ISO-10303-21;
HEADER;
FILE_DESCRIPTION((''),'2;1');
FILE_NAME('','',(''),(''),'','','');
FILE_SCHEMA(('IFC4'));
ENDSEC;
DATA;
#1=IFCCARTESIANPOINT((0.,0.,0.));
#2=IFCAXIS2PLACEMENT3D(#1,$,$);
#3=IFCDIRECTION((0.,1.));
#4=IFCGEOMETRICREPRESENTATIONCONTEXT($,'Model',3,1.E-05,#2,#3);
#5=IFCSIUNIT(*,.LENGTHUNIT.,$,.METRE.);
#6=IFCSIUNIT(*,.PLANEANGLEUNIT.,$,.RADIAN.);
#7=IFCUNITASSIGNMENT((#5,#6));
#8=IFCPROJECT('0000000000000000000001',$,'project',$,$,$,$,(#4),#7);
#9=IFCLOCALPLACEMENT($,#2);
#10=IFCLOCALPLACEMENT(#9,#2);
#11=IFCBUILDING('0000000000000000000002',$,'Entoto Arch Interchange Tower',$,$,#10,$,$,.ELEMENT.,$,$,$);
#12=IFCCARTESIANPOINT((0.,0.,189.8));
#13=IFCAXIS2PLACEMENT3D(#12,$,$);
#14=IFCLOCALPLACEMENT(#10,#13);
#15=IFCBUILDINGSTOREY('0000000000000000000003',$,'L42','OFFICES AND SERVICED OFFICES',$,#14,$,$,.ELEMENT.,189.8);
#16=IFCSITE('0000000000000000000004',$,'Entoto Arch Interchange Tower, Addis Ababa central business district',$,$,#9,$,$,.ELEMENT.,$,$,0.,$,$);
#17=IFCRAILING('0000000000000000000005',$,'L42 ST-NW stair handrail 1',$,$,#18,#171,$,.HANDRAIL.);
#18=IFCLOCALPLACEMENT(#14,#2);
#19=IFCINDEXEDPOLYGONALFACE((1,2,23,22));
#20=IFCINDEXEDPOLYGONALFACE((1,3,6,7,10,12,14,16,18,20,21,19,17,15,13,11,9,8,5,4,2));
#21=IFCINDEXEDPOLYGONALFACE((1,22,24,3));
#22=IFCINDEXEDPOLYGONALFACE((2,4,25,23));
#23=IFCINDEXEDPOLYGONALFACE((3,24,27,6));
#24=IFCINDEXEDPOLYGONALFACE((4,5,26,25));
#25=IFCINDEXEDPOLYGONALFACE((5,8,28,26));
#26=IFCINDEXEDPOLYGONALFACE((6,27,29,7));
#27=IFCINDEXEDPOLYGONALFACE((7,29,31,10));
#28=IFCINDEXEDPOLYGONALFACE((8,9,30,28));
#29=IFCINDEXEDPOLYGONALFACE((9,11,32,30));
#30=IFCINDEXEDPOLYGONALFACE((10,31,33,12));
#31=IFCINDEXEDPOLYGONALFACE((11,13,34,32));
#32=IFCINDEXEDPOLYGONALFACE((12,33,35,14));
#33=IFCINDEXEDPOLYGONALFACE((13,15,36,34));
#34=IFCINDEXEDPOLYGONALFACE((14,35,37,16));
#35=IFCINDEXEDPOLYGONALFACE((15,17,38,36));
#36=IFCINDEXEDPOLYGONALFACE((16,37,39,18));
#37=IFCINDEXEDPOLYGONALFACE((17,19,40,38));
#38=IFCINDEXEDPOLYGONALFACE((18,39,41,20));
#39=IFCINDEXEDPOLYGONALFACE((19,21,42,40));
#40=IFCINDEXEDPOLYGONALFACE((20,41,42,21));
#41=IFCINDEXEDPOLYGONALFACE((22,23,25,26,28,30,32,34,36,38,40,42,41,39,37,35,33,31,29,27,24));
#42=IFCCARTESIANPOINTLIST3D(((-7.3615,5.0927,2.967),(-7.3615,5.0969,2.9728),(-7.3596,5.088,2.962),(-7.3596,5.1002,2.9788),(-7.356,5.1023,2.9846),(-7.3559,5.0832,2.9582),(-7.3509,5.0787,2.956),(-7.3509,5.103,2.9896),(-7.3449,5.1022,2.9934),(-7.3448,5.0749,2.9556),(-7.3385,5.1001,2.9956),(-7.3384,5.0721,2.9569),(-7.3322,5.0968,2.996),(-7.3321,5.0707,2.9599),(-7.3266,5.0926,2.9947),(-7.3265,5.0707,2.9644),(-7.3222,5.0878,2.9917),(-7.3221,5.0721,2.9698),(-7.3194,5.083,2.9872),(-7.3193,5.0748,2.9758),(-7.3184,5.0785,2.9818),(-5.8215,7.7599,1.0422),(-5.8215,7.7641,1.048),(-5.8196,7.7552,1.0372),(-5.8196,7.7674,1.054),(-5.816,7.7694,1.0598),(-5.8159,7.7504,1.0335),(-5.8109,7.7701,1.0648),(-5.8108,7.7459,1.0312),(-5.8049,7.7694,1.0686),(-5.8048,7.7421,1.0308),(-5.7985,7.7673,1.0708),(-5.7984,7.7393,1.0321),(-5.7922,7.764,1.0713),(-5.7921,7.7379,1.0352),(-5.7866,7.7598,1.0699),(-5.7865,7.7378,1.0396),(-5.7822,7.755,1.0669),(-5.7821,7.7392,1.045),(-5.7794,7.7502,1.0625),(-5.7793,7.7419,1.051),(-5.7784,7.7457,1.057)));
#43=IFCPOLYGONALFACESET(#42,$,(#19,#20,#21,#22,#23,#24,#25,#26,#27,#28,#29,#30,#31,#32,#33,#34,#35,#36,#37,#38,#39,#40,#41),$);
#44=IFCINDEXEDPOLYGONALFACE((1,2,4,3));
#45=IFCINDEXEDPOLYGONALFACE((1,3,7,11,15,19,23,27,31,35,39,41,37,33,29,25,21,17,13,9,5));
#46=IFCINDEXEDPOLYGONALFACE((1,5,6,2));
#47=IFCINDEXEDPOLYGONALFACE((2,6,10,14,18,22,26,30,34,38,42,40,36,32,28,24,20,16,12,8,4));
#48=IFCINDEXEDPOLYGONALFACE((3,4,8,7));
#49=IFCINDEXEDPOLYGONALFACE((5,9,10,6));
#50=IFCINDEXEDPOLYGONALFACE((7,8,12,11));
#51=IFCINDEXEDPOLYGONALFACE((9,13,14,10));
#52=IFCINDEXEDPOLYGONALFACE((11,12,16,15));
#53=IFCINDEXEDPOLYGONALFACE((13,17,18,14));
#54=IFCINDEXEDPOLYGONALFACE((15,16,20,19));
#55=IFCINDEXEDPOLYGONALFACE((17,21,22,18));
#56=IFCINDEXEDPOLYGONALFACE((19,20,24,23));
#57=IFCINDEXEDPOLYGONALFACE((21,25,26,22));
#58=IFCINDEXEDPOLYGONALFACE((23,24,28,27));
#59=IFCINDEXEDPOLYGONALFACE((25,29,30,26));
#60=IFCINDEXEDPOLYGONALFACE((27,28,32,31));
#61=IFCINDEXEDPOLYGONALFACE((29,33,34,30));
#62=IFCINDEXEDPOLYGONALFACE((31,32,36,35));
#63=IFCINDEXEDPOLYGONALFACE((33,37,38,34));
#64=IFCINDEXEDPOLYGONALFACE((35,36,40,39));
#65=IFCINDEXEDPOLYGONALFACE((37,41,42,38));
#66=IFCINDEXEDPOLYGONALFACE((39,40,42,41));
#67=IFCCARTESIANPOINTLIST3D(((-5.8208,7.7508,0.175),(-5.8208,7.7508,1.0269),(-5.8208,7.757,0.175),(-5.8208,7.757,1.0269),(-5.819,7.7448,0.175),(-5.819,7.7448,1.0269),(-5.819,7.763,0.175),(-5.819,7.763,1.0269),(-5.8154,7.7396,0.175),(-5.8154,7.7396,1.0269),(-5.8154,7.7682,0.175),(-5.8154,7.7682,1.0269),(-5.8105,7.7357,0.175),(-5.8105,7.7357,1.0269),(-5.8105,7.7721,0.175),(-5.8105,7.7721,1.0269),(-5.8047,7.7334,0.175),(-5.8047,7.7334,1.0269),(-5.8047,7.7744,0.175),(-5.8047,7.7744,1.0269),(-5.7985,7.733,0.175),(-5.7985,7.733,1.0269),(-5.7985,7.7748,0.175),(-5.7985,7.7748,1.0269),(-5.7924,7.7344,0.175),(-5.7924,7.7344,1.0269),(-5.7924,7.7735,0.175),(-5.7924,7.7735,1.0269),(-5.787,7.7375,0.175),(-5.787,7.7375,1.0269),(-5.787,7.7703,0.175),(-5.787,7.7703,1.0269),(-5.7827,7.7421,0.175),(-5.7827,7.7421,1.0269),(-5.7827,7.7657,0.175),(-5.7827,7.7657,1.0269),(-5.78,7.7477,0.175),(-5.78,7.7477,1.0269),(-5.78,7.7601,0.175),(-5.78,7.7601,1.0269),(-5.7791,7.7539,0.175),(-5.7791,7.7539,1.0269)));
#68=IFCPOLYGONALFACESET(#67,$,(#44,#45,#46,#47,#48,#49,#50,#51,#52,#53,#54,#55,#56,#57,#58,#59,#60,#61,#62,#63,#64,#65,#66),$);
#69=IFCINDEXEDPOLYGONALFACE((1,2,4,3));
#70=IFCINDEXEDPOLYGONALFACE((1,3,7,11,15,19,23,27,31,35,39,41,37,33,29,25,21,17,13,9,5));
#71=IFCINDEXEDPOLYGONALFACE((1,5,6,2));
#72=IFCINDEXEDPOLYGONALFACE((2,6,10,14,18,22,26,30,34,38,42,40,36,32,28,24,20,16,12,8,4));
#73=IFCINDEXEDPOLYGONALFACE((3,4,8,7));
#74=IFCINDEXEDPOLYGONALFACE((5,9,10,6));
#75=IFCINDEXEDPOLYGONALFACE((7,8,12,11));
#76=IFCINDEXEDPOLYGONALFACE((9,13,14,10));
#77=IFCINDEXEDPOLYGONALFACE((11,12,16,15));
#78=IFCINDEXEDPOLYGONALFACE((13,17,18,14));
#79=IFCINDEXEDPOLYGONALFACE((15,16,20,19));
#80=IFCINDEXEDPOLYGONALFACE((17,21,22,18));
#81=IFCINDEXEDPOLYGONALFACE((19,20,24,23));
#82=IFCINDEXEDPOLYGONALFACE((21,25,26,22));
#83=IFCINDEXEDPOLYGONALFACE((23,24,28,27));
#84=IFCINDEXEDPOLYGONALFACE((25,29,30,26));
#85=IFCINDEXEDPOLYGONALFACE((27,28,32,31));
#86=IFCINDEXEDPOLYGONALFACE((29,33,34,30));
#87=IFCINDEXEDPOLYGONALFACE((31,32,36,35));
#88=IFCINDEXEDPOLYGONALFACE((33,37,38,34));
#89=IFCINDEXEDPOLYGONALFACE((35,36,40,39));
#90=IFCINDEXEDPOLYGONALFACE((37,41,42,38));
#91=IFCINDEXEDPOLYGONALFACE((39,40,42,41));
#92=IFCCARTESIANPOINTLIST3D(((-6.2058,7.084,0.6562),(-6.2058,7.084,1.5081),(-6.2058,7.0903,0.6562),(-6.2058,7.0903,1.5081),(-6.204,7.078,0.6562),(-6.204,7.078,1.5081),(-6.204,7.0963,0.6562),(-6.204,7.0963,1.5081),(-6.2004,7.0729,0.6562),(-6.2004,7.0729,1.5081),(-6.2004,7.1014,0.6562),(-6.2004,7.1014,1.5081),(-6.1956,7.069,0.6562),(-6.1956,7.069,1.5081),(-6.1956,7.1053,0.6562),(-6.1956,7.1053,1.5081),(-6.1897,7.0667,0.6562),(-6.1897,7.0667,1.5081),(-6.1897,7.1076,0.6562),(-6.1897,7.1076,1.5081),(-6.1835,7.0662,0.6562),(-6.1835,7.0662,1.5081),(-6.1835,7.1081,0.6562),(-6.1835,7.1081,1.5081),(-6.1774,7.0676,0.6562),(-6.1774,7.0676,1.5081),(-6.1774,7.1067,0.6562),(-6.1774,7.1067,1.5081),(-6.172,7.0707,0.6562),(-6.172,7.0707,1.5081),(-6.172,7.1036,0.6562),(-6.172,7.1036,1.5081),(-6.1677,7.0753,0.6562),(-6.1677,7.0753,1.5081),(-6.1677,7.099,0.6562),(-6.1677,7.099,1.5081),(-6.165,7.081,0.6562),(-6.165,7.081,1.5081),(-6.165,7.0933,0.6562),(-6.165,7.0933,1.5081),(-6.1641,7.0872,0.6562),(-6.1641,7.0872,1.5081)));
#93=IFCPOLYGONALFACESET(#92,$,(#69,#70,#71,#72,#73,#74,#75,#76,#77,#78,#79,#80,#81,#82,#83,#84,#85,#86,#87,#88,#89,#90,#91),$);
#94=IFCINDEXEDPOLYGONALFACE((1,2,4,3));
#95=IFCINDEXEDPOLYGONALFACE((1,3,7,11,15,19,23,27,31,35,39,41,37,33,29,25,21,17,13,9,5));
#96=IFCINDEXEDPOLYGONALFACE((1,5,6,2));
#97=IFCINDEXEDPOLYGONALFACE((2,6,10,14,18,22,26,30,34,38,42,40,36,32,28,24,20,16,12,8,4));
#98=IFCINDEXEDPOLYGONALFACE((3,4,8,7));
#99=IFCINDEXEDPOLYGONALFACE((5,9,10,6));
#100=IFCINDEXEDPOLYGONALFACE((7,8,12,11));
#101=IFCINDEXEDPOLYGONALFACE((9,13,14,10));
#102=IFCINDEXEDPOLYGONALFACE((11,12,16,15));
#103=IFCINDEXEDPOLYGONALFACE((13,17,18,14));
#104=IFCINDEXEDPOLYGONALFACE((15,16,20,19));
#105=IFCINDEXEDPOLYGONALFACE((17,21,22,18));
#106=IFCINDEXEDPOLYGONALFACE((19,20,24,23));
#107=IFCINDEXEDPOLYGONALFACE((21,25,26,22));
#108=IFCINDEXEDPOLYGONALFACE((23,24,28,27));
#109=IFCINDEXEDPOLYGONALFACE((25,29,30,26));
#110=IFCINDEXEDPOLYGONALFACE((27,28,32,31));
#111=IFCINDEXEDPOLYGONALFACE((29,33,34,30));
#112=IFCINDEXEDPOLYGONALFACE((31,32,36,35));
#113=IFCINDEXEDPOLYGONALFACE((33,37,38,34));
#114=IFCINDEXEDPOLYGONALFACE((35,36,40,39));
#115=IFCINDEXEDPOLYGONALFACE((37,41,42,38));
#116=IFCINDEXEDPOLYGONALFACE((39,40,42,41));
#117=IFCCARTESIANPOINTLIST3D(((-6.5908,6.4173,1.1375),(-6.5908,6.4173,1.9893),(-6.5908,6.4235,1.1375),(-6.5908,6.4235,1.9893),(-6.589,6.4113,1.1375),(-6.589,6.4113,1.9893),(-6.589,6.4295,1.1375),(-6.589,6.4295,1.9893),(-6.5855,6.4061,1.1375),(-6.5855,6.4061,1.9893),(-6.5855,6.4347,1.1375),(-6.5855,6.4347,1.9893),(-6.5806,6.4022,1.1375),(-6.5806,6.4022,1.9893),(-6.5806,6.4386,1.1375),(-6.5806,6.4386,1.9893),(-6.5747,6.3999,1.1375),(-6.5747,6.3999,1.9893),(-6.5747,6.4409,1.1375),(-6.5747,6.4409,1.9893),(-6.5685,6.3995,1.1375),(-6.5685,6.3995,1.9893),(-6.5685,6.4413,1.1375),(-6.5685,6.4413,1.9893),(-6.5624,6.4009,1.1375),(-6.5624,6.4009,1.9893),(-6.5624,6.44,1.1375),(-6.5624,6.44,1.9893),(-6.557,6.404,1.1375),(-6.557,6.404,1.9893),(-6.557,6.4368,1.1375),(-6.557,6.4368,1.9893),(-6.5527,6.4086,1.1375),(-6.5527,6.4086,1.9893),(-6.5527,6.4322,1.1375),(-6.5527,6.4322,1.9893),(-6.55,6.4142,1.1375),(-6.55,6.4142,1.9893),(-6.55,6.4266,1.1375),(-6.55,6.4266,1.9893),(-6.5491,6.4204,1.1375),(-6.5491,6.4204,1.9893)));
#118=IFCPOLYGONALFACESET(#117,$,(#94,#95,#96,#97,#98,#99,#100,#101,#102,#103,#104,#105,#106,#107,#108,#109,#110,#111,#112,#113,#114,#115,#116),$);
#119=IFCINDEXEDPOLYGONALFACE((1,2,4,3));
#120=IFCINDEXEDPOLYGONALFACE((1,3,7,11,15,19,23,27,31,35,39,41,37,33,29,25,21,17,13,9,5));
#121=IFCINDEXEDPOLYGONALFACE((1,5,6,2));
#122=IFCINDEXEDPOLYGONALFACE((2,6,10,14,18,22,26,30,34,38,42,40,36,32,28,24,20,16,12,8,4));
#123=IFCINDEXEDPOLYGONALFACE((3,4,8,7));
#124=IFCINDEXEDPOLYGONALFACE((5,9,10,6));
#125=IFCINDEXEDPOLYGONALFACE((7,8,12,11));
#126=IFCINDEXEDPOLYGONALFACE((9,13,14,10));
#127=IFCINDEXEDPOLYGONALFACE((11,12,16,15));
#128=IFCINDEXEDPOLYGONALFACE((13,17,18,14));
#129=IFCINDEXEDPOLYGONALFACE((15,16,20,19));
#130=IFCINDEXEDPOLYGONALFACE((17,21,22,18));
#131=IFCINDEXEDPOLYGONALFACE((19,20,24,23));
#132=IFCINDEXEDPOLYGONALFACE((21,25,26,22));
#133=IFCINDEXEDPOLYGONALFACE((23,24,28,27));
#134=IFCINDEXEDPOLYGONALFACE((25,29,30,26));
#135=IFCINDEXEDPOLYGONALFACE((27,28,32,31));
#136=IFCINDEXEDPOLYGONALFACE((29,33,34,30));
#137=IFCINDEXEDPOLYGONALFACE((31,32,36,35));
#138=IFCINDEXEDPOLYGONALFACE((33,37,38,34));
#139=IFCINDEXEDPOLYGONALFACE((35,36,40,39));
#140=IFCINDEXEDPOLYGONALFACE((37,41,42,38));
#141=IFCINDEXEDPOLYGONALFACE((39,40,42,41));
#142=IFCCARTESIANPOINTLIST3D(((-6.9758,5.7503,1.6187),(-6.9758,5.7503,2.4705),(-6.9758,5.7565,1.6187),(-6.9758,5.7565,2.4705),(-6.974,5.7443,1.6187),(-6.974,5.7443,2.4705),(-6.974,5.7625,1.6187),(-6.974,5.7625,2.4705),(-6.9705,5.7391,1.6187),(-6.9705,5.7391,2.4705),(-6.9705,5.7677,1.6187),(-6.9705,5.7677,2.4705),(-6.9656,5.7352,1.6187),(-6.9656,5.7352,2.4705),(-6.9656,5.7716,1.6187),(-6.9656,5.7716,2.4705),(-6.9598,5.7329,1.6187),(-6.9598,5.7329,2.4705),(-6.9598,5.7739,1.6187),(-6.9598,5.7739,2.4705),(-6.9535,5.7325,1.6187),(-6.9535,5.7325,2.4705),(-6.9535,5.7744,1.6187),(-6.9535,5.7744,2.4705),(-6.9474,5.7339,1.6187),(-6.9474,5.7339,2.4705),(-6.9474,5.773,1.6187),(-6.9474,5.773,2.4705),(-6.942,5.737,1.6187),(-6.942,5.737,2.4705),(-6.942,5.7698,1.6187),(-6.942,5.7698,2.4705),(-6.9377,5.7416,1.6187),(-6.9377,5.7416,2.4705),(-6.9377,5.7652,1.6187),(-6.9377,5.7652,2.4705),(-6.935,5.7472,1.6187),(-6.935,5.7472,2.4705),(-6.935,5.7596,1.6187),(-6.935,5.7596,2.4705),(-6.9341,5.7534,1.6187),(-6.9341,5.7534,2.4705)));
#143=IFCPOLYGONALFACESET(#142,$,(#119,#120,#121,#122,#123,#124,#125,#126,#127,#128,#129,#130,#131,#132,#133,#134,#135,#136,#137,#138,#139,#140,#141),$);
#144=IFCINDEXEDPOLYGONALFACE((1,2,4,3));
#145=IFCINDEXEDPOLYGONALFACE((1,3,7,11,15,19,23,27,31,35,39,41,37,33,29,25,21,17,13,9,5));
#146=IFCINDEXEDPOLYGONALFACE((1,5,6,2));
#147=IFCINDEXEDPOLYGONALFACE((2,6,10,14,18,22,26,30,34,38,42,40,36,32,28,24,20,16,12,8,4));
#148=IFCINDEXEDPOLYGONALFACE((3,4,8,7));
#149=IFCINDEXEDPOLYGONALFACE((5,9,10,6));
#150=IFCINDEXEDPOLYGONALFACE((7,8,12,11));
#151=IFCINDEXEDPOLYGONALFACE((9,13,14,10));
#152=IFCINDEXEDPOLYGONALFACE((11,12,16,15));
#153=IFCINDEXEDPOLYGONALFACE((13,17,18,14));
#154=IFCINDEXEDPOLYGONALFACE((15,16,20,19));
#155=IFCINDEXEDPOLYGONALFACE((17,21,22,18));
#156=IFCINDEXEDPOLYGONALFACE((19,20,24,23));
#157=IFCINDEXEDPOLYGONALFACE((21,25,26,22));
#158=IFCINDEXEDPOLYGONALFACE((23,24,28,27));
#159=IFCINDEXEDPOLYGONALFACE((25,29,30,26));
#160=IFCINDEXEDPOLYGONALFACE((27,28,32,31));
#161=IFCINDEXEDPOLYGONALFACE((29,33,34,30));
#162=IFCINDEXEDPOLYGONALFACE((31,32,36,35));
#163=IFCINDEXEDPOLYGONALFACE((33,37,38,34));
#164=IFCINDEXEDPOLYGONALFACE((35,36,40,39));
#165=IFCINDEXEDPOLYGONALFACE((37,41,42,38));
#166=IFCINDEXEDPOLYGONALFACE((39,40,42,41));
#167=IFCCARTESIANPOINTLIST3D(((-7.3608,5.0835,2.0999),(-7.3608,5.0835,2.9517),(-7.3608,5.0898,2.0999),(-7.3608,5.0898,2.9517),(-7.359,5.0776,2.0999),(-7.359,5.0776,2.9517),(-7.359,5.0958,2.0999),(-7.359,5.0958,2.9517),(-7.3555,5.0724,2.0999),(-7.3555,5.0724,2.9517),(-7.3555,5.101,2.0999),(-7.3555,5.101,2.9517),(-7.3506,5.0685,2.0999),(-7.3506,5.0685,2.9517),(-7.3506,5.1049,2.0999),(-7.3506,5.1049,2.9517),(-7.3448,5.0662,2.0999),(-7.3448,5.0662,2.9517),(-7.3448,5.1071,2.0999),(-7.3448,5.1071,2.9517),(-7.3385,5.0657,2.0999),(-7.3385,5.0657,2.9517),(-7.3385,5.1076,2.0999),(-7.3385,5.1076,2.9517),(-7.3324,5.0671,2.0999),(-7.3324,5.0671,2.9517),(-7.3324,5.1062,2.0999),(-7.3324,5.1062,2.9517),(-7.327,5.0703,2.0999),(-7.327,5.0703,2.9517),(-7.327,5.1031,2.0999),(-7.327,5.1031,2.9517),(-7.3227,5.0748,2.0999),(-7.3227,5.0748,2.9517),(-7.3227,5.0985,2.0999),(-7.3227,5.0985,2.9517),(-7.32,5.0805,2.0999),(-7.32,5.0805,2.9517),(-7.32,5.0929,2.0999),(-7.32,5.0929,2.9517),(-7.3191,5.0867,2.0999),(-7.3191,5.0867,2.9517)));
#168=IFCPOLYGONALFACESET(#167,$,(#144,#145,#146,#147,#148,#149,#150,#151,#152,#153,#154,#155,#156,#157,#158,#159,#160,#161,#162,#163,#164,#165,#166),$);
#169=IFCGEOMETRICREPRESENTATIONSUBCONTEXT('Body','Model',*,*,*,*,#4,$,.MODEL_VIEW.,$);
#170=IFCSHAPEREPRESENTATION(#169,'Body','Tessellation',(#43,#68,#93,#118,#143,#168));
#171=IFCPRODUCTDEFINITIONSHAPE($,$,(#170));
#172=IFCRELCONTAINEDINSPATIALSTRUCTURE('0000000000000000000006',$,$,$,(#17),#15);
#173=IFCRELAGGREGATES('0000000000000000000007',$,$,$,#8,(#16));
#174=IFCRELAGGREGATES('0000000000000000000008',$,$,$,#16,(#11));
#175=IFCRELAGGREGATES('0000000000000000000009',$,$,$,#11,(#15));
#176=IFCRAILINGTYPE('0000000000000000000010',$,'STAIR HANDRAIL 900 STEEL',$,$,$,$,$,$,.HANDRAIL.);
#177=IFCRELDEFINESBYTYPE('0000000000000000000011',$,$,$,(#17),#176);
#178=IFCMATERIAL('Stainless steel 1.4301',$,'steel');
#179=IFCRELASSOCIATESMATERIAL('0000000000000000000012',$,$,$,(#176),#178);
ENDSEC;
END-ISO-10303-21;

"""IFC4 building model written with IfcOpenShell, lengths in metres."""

from ifc_helpers import new_model, si_unit, direction, frame, origin, origin_2d, place, context, subcontext, project, spatial, circle, extrude, material, type_object, element, save


model = new_model("IFC4")

# Units and contexts
model_context = context("Model", 3, precision=1e-05, world=origin(), true_north=direction((0.0, 1.0)))
body_context = subcontext(model_context, "Body", "Model", "MODEL_VIEW")
ifc_project = project(units=[si_unit("LENGTHUNIT", "METRE"), si_unit("PLANEANGLEUNIT", "RADIAN")], contexts=[model_context])

# Site, building, storey
site_placement = place(None, origin())
site = spatial("IfcSite", under=ifc_project, at=site_placement, Name="Entoto Arch Interchange Tower, Addis Ababa central business district", CompositionType="ELEMENT", RefElevation=0.0)
building_placement = place(site_placement, origin())
building = spatial("IfcBuilding", under=site, at=building_placement, Name="Entoto Arch Interchange Tower", CompositionType="ELEMENT")
storey_placement = place(building_placement, frame((0.0, 0.0, 189.8)))
storey = spatial("IfcBuildingStorey", under=building, at=storey_placement, Name="L42", Description="OFFICES AND SERVICED OFFICES", CompositionType="ELEMENT", Elevation=189.8)

# Railing
ifc_material_1 = material(Name="Stainless steel 1.4301", Category="steel")
railing_type = type_object("IfcRailingType", Name="STAIR HANDRAIL 900 STEEL", PredefinedType="HANDRAIL", material=ifc_material_1)
railing_placement = place(storey_placement, frame((-5.8, 7.7539, 0.175)))
element("IfcRailing", 1, at=railing_placement, inside=storey, type_object=railing_type, Name="L42 ST-NW stair handrail 1", PredefinedType="HANDRAIL", context=body_context, shape_type="SweptSolid", body=[
    extrude(circle(Radius=0.0239, at=origin_2d()), frame((0.0, 0.0, 0.876), z_axis=(-0.424031, -0.73439, 0.529971), x_axis=(0.86601, -0.500027, 0.0)), (0.0, 0.0, 1.0), 3.6318),
    extrude(circle(Radius=0.021, at=origin_2d()), origin(), (0.0, 0.0, 1.0), 0.8518),
    extrude(circle(Radius=0.021, at=origin_2d()), frame((-0.385, -0.6667, 0.4812)), (0.0, 0.0, 1.0), 0.8518),
    extrude(circle(Radius=0.021, at=origin_2d()), frame((-0.77, -1.3335, 0.9624)), (0.0, 0.0, 1.0), 0.8518),
    extrude(circle(Radius=0.021, at=origin_2d()), frame((-1.155, -2.0005, 1.4436)), (0.0, 0.0, 1.0), 0.8518),
    extrude(circle(Radius=0.021, at=origin_2d()), frame((-1.54, -2.6672, 1.9248)), (0.0, 0.0, 1.0), 0.8518),
])

save(model, "model.ifc")
